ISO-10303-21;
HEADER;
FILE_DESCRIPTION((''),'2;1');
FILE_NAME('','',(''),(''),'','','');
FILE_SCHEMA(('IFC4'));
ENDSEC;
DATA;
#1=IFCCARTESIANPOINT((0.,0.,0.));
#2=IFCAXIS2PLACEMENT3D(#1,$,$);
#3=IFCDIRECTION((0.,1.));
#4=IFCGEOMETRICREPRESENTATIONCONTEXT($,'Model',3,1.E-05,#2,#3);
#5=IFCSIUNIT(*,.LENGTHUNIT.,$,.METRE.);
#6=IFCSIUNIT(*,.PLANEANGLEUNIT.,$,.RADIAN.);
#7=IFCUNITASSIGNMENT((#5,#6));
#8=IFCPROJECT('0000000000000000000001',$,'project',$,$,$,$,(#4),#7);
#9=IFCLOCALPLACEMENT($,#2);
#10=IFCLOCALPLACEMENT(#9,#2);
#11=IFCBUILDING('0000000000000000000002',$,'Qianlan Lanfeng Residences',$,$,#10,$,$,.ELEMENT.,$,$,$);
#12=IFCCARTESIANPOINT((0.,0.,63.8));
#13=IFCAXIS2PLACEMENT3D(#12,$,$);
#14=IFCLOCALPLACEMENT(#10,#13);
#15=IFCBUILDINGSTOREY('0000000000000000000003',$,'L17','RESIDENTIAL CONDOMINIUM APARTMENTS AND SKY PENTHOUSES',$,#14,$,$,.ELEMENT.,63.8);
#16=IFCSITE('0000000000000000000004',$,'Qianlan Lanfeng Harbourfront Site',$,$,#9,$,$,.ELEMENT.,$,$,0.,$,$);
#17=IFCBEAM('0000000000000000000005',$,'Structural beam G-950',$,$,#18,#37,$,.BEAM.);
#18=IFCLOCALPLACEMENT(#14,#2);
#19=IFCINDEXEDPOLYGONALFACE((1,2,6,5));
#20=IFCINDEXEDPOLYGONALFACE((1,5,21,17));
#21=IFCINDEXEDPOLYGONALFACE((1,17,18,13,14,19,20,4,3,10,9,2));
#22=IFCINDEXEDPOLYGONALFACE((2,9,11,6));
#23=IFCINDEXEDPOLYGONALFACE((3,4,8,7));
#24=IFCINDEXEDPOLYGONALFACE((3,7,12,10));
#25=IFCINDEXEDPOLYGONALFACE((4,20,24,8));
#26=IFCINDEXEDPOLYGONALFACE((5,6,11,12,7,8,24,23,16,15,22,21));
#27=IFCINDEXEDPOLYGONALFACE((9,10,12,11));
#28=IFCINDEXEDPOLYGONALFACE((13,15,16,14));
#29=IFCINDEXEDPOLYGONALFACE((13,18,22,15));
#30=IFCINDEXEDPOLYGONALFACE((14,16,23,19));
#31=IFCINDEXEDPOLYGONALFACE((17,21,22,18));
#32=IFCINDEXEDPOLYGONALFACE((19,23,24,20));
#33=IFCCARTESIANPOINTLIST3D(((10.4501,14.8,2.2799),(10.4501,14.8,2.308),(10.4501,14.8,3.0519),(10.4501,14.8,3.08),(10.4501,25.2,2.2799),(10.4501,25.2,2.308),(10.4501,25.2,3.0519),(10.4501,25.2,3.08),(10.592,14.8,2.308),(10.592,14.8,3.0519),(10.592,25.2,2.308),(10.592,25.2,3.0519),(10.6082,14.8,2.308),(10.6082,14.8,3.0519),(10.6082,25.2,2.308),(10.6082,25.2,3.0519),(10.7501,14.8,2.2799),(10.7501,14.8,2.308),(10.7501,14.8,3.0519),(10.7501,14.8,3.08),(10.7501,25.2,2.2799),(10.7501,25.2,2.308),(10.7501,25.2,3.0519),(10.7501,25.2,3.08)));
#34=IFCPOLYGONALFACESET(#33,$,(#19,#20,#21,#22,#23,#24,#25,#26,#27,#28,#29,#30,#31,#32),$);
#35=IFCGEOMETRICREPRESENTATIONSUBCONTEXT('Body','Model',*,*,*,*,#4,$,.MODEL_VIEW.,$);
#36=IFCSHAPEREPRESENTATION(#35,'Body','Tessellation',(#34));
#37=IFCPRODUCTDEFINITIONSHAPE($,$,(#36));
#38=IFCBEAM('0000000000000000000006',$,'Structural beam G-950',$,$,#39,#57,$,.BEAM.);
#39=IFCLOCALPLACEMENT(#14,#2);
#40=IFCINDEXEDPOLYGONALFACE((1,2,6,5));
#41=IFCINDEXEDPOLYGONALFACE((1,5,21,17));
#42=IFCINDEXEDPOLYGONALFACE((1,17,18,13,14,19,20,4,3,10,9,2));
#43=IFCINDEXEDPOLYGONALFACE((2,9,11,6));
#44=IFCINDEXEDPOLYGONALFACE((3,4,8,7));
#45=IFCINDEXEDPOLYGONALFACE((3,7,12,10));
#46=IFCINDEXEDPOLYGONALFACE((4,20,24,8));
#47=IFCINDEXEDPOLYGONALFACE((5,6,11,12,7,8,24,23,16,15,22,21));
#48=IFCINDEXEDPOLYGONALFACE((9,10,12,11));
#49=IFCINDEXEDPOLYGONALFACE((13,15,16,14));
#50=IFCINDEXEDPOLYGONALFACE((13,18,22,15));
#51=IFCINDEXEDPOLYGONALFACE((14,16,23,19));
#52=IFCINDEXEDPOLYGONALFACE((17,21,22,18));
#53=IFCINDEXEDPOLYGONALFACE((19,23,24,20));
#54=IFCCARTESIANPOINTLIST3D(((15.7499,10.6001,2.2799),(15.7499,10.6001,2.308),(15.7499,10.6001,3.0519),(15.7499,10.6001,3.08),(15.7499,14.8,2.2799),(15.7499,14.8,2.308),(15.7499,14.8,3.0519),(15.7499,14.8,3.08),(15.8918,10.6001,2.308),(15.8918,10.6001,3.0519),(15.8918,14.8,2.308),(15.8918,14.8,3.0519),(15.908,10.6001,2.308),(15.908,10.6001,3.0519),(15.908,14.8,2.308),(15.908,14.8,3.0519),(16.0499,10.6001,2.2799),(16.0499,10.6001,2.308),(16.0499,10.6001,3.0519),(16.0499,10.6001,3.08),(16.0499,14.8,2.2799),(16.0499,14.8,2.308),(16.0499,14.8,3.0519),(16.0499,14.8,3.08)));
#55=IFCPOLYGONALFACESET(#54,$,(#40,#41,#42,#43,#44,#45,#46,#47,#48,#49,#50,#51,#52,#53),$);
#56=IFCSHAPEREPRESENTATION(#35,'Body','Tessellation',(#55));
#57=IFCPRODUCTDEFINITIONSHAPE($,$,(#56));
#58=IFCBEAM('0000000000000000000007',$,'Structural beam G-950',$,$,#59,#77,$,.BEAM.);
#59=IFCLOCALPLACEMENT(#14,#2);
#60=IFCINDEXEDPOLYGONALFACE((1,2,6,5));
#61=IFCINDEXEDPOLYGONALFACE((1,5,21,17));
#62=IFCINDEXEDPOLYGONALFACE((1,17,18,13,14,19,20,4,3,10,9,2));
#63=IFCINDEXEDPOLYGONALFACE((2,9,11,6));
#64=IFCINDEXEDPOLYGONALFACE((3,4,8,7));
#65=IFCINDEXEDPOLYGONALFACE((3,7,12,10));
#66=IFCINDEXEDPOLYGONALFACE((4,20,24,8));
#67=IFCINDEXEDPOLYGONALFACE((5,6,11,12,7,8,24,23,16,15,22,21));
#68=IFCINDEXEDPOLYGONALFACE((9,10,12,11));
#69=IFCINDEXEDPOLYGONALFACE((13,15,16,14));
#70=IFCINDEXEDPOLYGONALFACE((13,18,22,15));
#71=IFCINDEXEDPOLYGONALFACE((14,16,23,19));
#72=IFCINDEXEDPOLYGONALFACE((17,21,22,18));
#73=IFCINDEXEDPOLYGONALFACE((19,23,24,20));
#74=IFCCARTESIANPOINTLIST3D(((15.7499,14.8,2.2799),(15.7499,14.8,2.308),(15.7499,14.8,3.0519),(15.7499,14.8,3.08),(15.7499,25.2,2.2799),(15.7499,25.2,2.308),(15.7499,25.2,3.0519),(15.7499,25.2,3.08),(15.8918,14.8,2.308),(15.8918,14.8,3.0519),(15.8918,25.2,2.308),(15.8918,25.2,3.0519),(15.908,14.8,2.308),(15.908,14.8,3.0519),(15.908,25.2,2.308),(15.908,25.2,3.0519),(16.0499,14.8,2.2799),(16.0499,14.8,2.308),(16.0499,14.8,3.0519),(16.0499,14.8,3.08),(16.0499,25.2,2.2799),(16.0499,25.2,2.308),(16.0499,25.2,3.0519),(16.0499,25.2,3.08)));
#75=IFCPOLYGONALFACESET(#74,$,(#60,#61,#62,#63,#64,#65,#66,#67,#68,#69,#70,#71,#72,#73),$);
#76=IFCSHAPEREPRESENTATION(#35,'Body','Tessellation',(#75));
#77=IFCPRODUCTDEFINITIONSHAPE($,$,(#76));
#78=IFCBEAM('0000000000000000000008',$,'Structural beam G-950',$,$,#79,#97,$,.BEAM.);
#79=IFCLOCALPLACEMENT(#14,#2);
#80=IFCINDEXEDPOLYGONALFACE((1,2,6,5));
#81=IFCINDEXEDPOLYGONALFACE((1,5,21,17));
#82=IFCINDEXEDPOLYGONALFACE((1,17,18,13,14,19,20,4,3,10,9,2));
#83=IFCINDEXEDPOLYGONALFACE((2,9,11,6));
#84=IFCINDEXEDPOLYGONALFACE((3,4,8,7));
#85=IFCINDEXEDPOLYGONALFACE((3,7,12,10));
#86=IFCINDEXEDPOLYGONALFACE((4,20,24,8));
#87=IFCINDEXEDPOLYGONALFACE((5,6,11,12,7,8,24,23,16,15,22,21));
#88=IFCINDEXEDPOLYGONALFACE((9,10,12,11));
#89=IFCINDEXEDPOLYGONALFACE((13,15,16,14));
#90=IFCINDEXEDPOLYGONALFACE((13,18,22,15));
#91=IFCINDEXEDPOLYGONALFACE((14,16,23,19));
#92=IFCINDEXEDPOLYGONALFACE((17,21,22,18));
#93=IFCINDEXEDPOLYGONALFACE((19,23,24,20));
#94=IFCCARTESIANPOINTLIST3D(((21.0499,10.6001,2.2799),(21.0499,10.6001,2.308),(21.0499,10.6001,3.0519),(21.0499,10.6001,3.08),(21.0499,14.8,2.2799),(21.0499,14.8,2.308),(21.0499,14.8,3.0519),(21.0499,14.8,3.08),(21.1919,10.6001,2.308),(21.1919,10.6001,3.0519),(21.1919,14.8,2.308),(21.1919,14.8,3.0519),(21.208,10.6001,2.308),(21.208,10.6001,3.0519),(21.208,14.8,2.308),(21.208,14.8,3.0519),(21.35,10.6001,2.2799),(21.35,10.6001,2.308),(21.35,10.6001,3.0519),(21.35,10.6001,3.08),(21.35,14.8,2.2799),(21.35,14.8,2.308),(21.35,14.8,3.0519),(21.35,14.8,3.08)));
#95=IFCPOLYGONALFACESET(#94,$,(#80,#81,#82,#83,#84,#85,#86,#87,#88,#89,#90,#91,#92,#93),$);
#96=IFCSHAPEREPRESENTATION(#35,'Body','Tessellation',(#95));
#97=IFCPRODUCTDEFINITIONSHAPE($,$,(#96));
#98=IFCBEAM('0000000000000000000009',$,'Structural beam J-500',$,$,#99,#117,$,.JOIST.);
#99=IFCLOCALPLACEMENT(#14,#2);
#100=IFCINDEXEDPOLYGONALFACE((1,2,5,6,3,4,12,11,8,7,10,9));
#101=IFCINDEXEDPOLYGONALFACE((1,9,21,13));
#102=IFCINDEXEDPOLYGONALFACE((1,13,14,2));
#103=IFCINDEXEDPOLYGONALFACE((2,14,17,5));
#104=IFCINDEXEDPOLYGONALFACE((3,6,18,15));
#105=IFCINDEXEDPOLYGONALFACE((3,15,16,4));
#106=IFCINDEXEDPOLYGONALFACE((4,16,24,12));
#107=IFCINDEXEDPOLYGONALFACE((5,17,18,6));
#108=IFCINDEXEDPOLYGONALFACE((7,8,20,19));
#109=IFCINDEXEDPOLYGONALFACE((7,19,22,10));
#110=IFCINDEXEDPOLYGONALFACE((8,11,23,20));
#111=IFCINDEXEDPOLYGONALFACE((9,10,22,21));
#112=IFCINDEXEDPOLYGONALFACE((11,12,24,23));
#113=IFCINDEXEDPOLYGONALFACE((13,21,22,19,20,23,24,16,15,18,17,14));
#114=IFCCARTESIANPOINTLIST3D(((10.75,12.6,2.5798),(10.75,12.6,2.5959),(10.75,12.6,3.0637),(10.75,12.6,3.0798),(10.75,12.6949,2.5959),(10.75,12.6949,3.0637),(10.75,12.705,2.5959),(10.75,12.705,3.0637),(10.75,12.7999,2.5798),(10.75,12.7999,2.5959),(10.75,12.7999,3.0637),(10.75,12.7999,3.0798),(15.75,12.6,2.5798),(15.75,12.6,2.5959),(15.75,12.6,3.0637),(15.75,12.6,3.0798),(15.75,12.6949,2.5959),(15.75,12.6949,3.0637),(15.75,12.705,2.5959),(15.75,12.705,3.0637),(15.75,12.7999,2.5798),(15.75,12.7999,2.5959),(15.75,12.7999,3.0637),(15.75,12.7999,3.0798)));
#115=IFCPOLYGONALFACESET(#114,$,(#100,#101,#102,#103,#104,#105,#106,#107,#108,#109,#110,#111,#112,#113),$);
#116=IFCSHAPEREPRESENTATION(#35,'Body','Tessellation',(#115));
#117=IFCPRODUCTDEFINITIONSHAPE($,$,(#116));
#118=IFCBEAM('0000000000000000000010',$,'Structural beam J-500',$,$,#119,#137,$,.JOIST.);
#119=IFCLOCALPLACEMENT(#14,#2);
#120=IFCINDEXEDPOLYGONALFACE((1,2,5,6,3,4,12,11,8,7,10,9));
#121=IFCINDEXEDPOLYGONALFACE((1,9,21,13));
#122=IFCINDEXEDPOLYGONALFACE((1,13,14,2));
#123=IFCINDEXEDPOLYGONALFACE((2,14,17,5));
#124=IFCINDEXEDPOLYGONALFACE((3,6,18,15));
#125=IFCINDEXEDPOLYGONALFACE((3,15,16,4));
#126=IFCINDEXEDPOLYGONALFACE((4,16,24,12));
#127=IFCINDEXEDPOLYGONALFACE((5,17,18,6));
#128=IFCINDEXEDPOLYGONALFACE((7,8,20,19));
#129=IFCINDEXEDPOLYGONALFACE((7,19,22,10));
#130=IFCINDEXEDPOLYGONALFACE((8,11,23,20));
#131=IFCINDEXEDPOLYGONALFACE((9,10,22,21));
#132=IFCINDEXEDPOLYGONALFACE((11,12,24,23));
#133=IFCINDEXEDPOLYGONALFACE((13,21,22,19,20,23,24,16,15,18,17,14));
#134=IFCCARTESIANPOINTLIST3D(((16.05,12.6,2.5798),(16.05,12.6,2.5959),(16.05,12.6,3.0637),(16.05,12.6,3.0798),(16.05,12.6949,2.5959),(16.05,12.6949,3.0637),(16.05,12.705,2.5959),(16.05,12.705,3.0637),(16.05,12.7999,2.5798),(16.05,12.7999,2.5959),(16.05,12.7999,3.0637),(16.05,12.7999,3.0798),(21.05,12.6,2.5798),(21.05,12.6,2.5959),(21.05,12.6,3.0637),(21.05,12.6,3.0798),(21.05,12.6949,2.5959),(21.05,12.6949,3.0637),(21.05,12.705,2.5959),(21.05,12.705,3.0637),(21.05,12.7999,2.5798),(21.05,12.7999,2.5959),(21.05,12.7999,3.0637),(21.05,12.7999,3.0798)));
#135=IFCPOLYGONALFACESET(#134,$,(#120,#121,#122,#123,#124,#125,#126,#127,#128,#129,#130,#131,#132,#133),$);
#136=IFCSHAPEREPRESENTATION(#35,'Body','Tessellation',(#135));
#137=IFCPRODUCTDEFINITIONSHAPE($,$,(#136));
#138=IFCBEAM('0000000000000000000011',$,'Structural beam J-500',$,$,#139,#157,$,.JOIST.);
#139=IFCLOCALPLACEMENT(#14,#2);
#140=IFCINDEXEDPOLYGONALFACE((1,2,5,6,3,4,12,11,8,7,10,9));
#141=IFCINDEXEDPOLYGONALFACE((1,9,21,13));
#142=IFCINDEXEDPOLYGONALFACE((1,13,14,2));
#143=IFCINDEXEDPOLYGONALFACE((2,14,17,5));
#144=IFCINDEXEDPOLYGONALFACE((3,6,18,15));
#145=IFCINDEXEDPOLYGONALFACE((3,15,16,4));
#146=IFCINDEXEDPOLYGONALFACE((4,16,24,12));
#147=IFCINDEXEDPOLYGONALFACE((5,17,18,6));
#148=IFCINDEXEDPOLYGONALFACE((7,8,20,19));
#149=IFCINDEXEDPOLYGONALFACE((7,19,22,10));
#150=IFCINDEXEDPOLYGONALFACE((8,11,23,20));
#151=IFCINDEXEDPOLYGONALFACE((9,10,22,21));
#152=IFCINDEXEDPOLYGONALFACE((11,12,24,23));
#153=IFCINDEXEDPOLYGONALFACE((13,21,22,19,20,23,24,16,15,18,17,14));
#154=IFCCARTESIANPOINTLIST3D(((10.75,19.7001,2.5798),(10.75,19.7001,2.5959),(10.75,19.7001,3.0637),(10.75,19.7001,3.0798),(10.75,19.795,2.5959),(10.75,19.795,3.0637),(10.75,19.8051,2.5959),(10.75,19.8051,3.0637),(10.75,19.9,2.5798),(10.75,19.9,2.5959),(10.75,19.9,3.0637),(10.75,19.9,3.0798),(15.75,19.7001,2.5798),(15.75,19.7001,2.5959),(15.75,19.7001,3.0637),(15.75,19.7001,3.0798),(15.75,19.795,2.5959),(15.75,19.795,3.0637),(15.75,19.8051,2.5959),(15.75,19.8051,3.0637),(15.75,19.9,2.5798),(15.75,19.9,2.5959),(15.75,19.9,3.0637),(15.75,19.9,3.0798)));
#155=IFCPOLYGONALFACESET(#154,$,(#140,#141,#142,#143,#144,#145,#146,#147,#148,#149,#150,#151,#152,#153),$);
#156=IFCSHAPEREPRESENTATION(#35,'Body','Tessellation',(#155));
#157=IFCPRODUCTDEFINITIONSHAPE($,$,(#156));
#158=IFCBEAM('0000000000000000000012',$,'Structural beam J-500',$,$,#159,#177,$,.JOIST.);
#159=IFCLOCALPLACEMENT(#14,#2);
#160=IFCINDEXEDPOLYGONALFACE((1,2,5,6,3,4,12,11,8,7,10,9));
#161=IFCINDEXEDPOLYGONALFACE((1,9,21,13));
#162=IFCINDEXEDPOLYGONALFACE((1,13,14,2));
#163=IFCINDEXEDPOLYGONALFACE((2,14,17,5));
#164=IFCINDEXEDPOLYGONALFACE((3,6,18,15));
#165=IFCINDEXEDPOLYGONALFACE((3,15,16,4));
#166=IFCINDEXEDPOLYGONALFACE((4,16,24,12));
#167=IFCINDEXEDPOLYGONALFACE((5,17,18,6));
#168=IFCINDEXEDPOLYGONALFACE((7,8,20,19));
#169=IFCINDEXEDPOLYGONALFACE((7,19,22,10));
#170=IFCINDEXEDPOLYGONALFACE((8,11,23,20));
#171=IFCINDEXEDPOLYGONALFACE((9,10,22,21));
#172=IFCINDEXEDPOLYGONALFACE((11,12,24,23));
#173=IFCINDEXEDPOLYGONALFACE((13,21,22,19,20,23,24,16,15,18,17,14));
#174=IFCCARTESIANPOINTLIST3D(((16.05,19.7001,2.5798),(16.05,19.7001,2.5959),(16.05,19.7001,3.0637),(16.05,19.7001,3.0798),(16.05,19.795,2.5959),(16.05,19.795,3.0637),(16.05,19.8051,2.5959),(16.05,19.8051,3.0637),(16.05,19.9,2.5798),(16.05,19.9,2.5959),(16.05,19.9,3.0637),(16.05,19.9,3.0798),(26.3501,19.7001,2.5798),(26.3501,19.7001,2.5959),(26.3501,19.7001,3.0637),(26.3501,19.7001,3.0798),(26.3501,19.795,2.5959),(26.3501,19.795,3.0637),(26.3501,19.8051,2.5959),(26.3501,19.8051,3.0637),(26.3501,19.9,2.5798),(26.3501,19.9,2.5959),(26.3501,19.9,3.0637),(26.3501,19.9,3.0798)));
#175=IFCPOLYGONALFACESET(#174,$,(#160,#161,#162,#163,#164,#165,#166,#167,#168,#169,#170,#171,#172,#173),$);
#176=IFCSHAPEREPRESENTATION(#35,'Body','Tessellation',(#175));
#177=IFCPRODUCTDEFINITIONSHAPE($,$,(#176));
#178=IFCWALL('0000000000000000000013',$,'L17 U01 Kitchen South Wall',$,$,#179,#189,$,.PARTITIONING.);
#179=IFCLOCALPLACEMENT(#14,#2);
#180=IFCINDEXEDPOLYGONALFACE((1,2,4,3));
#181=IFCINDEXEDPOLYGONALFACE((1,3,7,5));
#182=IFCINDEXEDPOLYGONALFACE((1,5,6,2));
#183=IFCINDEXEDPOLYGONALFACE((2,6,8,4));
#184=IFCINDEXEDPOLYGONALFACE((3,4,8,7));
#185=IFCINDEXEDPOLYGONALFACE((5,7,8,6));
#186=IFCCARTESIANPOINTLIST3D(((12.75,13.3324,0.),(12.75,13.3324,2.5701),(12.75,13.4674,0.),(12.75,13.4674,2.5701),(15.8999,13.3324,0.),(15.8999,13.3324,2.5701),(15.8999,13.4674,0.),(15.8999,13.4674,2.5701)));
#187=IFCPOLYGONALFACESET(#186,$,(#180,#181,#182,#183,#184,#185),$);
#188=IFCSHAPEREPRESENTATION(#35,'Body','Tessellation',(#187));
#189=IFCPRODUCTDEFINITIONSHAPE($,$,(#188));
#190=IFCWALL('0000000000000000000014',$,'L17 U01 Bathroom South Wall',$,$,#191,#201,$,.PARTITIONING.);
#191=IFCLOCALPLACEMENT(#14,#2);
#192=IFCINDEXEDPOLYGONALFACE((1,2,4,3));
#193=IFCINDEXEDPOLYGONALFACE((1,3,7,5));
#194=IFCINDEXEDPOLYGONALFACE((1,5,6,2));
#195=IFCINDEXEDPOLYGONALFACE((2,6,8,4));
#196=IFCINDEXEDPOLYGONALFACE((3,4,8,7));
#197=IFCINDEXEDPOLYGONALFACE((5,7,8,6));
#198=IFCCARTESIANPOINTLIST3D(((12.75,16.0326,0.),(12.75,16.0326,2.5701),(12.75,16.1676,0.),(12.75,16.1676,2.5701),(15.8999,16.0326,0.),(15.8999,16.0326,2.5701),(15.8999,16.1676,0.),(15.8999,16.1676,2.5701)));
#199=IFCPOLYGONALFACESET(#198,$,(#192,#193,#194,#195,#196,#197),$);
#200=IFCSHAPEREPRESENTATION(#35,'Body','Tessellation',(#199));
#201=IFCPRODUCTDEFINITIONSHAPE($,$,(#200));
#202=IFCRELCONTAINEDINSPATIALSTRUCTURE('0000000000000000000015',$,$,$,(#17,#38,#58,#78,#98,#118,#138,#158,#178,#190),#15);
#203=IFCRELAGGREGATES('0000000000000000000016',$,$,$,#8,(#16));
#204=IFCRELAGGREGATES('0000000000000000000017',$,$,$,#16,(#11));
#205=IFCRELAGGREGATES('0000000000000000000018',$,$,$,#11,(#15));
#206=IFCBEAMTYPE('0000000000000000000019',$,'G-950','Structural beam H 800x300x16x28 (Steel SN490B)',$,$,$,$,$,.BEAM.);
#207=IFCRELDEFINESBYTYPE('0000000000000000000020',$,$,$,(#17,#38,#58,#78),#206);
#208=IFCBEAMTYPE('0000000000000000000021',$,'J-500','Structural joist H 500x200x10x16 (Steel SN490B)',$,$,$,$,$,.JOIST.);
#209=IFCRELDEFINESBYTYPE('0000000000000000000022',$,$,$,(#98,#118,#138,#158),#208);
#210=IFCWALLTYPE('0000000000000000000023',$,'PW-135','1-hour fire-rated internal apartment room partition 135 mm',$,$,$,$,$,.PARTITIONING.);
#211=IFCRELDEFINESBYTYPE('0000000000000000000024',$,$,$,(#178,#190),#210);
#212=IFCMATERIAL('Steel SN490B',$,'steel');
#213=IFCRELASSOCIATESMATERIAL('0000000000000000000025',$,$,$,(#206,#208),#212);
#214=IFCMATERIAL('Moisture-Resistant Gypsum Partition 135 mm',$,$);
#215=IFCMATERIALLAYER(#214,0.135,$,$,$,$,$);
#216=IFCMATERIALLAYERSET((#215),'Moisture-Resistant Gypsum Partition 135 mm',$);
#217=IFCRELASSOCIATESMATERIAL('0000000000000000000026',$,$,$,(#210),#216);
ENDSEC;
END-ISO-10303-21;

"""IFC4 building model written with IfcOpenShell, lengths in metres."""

from ifc_helpers import new_model, si_unit, direction, frame, frame_2d, origin, origin_2d, place, context, subcontext, project, spatial, rectangle, i_section, extrude, material, layer, layer_set, material_profile, profile_set, type_object, element, save


model = new_model("IFC4")

# Units and contexts
model_context = context("Model", 3, precision=1e-05, world=origin(), true_north=direction((0.0, 1.0)))
body_context = subcontext(model_context, "Body", "Model", "MODEL_VIEW")
ifc_project = project(units=[si_unit("LENGTHUNIT", "METRE"), si_unit("PLANEANGLEUNIT", "RADIAN")], contexts=[model_context])

# Site, building, storey
site_placement = place(None, origin())
site = spatial("IfcSite", under=ifc_project, at=site_placement, Name="Qianlan Lanfeng Harbourfront Site", CompositionType="ELEMENT", RefElevation=0.0)
building_placement = place(site_placement, origin())
building = spatial("IfcBuilding", under=site, at=building_placement, Name="Qianlan Lanfeng Residences", CompositionType="ELEMENT")
storey_placement = place(building_placement, frame((0.0, 0.0, 63.8)))
storey = spatial("IfcBuildingStorey", under=building, at=storey_placement, Name="L17", Description="RESIDENTIAL CONDOMINIUM APARTMENTS AND SKY PENTHOUSES", CompositionType="ELEMENT", Elevation=63.8)

# Shared definitions
ifc_material_1 = material(Name="Steel SN490B", Category="steel")

# Beams
ifc_material_profile_1 = material_profile(ifc_material_1, i_section(OverallWidth=0.3, OverallDepth=0.8, WebThickness=0.0161, FlangeThickness=0.0281, at=origin_2d()), Name="H 800x300x16x28")
ifc_profile_set_1 = profile_set([ifc_material_profile_1], Name="Steel SN490B")
beam_type_1 = type_object("IfcBeamType", Name="G-950", Description="Structural beam H 800x300x16x28 (Steel SN490B)", PredefinedType="BEAM", material=ifc_profile_set_1)
beam_1_placement = place(storey_placement, frame((10.6001, 14.8, 2.6799), z_axis=(0.0, 1.0, 0.0), x_axis=(-1.0, 0.0, 0.0)))
element("IfcBeam", 1, at=beam_1_placement, inside=storey, type_object=beam_type_1, Name="Structural beam G-950", PredefinedType="BEAM", context=body_context, shape_type="SweptSolid", body=[
    extrude(i_section(OverallWidth=0.3, OverallDepth=0.8, WebThickness=0.0161, FlangeThickness=0.0281, at=origin_2d()), origin(), (0.0, 0.0, 1.0), 10.3999),
])
beam_2_placement = place(storey_placement, frame((15.8999, 10.6001, 2.6799), z_axis=(0.0, 1.0, 0.0), x_axis=(-1.0, 0.0, 0.0)))
element("IfcBeam", 2, at=beam_2_placement, inside=storey, type_object=beam_type_1, Name="Structural beam G-950", PredefinedType="BEAM", context=body_context, shape_type="SweptSolid", body=[
    extrude(i_section(OverallWidth=0.3, OverallDepth=0.8, WebThickness=0.0161, FlangeThickness=0.0281, at=origin_2d()), origin(), (0.0, 0.0, 1.0), 4.2),
])
beam_3_placement = place(storey_placement, frame((15.8999, 14.8, 2.6799), z_axis=(0.0, 1.0, 0.0), x_axis=(-1.0, 0.0, 0.0)))
element("IfcBeam", 3, at=beam_3_placement, inside=storey, type_object=beam_type_1, Name="Structural beam G-950", PredefinedType="BEAM", context=body_context, shape_type="SweptSolid", body=[
    extrude(i_section(OverallWidth=0.3, OverallDepth=0.8, WebThickness=0.0161, FlangeThickness=0.0281, at=origin_2d()), origin(), (0.0, 0.0, 1.0), 10.3999),
])
beam_4_placement = place(storey_placement, frame((21.2, 10.6001, 2.6799), z_axis=(0.0, 1.0, 0.0), x_axis=(-1.0, 0.0, 0.0)))
element("IfcBeam", 4, at=beam_4_placement, inside=storey, type_object=beam_type_1, Name="Structural beam G-950", PredefinedType="BEAM", context=body_context, shape_type="SweptSolid", body=[
    extrude(i_section(OverallWidth=0.3, OverallDepth=0.8, WebThickness=0.0161, FlangeThickness=0.0281, at=origin_2d()), origin(), (0.0, 0.0, 1.0), 4.2),
])
ifc_material_profile_2 = material_profile(ifc_material_1, i_section(OverallWidth=0.2, OverallDepth=0.5, WebThickness=0.01, FlangeThickness=0.0161, at=origin_2d()), Name="H 500x200x10x16")
ifc_profile_set_2 = profile_set([ifc_material_profile_2], Name="Steel SN490B")
beam_type_2 = type_object("IfcBeamType", Name="J-500", Description="Structural joist H 500x200x10x16 (Steel SN490B)", PredefinedType="JOIST", material=ifc_profile_set_2)
for number, where, z_axis, x_axis, name in (
    (5, (10.75, 12.7, 2.8298), (1.0, 0.0, 0.0), (0.0, 1.0, 0.0), "Structural beam J-500"),
    (6, (16.05, 12.7, 2.8298), (1.0, 0.0, 0.0), (0.0, 1.0, 0.0), "Structural beam J-500"),
    (7, (10.75, 19.8, 2.8298), (1.0, 0.0, 0.0), (0.0, 1.0, 0.0), "Structural beam J-500"),
):
    element("IfcBeam", number, at=place(storey_placement, frame(where, z_axis=z_axis, x_axis=x_axis)), inside=storey, type_object=beam_type_2, Name=name, PredefinedType="JOIST", context=body_context, shape_type="SweptSolid", body=[
        extrude(i_section(OverallWidth=0.2, OverallDepth=0.5, WebThickness=0.01, FlangeThickness=0.0161, at=origin_2d()), origin(), (0.0, 0.0, 1.0), 5.0),
    ])
beam_5_placement = place(storey_placement, frame((16.05, 19.8, 2.8298), z_axis=(1.0, 0.0, 0.0), x_axis=(0.0, 1.0, 0.0)))
element("IfcBeam", 8, at=beam_5_placement, inside=storey, type_object=beam_type_2, Name="Structural beam J-500", PredefinedType="JOIST", context=body_context, shape_type="SweptSolid", body=[
    extrude(i_section(OverallWidth=0.2, OverallDepth=0.5, WebThickness=0.01, FlangeThickness=0.0161, at=origin_2d()), origin(), (0.0, 0.0, 1.0), 10.3),
])

# Shared definitions
ifc_material_2 = material(Name="Moisture-Resistant Gypsum Partition 135 mm")
ifc_layer_1 = layer(ifc_material_2, 0.135)
ifc_layer_set_1 = layer_set([ifc_layer_1], Name="Moisture-Resistant Gypsum Partition 135 mm")
wall_type_1 = type_object("IfcWallType", Name="PW-135", Description="1-hour fire-rated internal apartment room partition 135 mm", PredefinedType="PARTITIONING", material=ifc_layer_set_1)

# Walls
for number, where, z_axis, x_axis, name in (
    (9, (12.75, 13.3999, 0.0), (0.0, 0.0, 1.0), (1.0, 0.0, 0.0), "L17 U01 Kitchen South Wall"),
    (10, (12.75, 16.1001, 0.0), (0.0, 0.0, 1.0), (1.0, 0.0, 0.0), "L17 U01 Bathroom South Wall"),
):
    element("IfcWall", number, at=place(storey_placement, frame(where, z_axis=z_axis, x_axis=x_axis)), inside=storey, type_object=wall_type_1, Name=name, PredefinedType="PARTITIONING", context=body_context, shape_type="SweptSolid", body=[
        extrude(rectangle(XDim=3.1499, YDim=0.135, at=frame_2d((1.575, 0.0))), origin(), (0.0, 0.0, 1.0), 2.5701),
    ])

save(model, "model.ifc")
